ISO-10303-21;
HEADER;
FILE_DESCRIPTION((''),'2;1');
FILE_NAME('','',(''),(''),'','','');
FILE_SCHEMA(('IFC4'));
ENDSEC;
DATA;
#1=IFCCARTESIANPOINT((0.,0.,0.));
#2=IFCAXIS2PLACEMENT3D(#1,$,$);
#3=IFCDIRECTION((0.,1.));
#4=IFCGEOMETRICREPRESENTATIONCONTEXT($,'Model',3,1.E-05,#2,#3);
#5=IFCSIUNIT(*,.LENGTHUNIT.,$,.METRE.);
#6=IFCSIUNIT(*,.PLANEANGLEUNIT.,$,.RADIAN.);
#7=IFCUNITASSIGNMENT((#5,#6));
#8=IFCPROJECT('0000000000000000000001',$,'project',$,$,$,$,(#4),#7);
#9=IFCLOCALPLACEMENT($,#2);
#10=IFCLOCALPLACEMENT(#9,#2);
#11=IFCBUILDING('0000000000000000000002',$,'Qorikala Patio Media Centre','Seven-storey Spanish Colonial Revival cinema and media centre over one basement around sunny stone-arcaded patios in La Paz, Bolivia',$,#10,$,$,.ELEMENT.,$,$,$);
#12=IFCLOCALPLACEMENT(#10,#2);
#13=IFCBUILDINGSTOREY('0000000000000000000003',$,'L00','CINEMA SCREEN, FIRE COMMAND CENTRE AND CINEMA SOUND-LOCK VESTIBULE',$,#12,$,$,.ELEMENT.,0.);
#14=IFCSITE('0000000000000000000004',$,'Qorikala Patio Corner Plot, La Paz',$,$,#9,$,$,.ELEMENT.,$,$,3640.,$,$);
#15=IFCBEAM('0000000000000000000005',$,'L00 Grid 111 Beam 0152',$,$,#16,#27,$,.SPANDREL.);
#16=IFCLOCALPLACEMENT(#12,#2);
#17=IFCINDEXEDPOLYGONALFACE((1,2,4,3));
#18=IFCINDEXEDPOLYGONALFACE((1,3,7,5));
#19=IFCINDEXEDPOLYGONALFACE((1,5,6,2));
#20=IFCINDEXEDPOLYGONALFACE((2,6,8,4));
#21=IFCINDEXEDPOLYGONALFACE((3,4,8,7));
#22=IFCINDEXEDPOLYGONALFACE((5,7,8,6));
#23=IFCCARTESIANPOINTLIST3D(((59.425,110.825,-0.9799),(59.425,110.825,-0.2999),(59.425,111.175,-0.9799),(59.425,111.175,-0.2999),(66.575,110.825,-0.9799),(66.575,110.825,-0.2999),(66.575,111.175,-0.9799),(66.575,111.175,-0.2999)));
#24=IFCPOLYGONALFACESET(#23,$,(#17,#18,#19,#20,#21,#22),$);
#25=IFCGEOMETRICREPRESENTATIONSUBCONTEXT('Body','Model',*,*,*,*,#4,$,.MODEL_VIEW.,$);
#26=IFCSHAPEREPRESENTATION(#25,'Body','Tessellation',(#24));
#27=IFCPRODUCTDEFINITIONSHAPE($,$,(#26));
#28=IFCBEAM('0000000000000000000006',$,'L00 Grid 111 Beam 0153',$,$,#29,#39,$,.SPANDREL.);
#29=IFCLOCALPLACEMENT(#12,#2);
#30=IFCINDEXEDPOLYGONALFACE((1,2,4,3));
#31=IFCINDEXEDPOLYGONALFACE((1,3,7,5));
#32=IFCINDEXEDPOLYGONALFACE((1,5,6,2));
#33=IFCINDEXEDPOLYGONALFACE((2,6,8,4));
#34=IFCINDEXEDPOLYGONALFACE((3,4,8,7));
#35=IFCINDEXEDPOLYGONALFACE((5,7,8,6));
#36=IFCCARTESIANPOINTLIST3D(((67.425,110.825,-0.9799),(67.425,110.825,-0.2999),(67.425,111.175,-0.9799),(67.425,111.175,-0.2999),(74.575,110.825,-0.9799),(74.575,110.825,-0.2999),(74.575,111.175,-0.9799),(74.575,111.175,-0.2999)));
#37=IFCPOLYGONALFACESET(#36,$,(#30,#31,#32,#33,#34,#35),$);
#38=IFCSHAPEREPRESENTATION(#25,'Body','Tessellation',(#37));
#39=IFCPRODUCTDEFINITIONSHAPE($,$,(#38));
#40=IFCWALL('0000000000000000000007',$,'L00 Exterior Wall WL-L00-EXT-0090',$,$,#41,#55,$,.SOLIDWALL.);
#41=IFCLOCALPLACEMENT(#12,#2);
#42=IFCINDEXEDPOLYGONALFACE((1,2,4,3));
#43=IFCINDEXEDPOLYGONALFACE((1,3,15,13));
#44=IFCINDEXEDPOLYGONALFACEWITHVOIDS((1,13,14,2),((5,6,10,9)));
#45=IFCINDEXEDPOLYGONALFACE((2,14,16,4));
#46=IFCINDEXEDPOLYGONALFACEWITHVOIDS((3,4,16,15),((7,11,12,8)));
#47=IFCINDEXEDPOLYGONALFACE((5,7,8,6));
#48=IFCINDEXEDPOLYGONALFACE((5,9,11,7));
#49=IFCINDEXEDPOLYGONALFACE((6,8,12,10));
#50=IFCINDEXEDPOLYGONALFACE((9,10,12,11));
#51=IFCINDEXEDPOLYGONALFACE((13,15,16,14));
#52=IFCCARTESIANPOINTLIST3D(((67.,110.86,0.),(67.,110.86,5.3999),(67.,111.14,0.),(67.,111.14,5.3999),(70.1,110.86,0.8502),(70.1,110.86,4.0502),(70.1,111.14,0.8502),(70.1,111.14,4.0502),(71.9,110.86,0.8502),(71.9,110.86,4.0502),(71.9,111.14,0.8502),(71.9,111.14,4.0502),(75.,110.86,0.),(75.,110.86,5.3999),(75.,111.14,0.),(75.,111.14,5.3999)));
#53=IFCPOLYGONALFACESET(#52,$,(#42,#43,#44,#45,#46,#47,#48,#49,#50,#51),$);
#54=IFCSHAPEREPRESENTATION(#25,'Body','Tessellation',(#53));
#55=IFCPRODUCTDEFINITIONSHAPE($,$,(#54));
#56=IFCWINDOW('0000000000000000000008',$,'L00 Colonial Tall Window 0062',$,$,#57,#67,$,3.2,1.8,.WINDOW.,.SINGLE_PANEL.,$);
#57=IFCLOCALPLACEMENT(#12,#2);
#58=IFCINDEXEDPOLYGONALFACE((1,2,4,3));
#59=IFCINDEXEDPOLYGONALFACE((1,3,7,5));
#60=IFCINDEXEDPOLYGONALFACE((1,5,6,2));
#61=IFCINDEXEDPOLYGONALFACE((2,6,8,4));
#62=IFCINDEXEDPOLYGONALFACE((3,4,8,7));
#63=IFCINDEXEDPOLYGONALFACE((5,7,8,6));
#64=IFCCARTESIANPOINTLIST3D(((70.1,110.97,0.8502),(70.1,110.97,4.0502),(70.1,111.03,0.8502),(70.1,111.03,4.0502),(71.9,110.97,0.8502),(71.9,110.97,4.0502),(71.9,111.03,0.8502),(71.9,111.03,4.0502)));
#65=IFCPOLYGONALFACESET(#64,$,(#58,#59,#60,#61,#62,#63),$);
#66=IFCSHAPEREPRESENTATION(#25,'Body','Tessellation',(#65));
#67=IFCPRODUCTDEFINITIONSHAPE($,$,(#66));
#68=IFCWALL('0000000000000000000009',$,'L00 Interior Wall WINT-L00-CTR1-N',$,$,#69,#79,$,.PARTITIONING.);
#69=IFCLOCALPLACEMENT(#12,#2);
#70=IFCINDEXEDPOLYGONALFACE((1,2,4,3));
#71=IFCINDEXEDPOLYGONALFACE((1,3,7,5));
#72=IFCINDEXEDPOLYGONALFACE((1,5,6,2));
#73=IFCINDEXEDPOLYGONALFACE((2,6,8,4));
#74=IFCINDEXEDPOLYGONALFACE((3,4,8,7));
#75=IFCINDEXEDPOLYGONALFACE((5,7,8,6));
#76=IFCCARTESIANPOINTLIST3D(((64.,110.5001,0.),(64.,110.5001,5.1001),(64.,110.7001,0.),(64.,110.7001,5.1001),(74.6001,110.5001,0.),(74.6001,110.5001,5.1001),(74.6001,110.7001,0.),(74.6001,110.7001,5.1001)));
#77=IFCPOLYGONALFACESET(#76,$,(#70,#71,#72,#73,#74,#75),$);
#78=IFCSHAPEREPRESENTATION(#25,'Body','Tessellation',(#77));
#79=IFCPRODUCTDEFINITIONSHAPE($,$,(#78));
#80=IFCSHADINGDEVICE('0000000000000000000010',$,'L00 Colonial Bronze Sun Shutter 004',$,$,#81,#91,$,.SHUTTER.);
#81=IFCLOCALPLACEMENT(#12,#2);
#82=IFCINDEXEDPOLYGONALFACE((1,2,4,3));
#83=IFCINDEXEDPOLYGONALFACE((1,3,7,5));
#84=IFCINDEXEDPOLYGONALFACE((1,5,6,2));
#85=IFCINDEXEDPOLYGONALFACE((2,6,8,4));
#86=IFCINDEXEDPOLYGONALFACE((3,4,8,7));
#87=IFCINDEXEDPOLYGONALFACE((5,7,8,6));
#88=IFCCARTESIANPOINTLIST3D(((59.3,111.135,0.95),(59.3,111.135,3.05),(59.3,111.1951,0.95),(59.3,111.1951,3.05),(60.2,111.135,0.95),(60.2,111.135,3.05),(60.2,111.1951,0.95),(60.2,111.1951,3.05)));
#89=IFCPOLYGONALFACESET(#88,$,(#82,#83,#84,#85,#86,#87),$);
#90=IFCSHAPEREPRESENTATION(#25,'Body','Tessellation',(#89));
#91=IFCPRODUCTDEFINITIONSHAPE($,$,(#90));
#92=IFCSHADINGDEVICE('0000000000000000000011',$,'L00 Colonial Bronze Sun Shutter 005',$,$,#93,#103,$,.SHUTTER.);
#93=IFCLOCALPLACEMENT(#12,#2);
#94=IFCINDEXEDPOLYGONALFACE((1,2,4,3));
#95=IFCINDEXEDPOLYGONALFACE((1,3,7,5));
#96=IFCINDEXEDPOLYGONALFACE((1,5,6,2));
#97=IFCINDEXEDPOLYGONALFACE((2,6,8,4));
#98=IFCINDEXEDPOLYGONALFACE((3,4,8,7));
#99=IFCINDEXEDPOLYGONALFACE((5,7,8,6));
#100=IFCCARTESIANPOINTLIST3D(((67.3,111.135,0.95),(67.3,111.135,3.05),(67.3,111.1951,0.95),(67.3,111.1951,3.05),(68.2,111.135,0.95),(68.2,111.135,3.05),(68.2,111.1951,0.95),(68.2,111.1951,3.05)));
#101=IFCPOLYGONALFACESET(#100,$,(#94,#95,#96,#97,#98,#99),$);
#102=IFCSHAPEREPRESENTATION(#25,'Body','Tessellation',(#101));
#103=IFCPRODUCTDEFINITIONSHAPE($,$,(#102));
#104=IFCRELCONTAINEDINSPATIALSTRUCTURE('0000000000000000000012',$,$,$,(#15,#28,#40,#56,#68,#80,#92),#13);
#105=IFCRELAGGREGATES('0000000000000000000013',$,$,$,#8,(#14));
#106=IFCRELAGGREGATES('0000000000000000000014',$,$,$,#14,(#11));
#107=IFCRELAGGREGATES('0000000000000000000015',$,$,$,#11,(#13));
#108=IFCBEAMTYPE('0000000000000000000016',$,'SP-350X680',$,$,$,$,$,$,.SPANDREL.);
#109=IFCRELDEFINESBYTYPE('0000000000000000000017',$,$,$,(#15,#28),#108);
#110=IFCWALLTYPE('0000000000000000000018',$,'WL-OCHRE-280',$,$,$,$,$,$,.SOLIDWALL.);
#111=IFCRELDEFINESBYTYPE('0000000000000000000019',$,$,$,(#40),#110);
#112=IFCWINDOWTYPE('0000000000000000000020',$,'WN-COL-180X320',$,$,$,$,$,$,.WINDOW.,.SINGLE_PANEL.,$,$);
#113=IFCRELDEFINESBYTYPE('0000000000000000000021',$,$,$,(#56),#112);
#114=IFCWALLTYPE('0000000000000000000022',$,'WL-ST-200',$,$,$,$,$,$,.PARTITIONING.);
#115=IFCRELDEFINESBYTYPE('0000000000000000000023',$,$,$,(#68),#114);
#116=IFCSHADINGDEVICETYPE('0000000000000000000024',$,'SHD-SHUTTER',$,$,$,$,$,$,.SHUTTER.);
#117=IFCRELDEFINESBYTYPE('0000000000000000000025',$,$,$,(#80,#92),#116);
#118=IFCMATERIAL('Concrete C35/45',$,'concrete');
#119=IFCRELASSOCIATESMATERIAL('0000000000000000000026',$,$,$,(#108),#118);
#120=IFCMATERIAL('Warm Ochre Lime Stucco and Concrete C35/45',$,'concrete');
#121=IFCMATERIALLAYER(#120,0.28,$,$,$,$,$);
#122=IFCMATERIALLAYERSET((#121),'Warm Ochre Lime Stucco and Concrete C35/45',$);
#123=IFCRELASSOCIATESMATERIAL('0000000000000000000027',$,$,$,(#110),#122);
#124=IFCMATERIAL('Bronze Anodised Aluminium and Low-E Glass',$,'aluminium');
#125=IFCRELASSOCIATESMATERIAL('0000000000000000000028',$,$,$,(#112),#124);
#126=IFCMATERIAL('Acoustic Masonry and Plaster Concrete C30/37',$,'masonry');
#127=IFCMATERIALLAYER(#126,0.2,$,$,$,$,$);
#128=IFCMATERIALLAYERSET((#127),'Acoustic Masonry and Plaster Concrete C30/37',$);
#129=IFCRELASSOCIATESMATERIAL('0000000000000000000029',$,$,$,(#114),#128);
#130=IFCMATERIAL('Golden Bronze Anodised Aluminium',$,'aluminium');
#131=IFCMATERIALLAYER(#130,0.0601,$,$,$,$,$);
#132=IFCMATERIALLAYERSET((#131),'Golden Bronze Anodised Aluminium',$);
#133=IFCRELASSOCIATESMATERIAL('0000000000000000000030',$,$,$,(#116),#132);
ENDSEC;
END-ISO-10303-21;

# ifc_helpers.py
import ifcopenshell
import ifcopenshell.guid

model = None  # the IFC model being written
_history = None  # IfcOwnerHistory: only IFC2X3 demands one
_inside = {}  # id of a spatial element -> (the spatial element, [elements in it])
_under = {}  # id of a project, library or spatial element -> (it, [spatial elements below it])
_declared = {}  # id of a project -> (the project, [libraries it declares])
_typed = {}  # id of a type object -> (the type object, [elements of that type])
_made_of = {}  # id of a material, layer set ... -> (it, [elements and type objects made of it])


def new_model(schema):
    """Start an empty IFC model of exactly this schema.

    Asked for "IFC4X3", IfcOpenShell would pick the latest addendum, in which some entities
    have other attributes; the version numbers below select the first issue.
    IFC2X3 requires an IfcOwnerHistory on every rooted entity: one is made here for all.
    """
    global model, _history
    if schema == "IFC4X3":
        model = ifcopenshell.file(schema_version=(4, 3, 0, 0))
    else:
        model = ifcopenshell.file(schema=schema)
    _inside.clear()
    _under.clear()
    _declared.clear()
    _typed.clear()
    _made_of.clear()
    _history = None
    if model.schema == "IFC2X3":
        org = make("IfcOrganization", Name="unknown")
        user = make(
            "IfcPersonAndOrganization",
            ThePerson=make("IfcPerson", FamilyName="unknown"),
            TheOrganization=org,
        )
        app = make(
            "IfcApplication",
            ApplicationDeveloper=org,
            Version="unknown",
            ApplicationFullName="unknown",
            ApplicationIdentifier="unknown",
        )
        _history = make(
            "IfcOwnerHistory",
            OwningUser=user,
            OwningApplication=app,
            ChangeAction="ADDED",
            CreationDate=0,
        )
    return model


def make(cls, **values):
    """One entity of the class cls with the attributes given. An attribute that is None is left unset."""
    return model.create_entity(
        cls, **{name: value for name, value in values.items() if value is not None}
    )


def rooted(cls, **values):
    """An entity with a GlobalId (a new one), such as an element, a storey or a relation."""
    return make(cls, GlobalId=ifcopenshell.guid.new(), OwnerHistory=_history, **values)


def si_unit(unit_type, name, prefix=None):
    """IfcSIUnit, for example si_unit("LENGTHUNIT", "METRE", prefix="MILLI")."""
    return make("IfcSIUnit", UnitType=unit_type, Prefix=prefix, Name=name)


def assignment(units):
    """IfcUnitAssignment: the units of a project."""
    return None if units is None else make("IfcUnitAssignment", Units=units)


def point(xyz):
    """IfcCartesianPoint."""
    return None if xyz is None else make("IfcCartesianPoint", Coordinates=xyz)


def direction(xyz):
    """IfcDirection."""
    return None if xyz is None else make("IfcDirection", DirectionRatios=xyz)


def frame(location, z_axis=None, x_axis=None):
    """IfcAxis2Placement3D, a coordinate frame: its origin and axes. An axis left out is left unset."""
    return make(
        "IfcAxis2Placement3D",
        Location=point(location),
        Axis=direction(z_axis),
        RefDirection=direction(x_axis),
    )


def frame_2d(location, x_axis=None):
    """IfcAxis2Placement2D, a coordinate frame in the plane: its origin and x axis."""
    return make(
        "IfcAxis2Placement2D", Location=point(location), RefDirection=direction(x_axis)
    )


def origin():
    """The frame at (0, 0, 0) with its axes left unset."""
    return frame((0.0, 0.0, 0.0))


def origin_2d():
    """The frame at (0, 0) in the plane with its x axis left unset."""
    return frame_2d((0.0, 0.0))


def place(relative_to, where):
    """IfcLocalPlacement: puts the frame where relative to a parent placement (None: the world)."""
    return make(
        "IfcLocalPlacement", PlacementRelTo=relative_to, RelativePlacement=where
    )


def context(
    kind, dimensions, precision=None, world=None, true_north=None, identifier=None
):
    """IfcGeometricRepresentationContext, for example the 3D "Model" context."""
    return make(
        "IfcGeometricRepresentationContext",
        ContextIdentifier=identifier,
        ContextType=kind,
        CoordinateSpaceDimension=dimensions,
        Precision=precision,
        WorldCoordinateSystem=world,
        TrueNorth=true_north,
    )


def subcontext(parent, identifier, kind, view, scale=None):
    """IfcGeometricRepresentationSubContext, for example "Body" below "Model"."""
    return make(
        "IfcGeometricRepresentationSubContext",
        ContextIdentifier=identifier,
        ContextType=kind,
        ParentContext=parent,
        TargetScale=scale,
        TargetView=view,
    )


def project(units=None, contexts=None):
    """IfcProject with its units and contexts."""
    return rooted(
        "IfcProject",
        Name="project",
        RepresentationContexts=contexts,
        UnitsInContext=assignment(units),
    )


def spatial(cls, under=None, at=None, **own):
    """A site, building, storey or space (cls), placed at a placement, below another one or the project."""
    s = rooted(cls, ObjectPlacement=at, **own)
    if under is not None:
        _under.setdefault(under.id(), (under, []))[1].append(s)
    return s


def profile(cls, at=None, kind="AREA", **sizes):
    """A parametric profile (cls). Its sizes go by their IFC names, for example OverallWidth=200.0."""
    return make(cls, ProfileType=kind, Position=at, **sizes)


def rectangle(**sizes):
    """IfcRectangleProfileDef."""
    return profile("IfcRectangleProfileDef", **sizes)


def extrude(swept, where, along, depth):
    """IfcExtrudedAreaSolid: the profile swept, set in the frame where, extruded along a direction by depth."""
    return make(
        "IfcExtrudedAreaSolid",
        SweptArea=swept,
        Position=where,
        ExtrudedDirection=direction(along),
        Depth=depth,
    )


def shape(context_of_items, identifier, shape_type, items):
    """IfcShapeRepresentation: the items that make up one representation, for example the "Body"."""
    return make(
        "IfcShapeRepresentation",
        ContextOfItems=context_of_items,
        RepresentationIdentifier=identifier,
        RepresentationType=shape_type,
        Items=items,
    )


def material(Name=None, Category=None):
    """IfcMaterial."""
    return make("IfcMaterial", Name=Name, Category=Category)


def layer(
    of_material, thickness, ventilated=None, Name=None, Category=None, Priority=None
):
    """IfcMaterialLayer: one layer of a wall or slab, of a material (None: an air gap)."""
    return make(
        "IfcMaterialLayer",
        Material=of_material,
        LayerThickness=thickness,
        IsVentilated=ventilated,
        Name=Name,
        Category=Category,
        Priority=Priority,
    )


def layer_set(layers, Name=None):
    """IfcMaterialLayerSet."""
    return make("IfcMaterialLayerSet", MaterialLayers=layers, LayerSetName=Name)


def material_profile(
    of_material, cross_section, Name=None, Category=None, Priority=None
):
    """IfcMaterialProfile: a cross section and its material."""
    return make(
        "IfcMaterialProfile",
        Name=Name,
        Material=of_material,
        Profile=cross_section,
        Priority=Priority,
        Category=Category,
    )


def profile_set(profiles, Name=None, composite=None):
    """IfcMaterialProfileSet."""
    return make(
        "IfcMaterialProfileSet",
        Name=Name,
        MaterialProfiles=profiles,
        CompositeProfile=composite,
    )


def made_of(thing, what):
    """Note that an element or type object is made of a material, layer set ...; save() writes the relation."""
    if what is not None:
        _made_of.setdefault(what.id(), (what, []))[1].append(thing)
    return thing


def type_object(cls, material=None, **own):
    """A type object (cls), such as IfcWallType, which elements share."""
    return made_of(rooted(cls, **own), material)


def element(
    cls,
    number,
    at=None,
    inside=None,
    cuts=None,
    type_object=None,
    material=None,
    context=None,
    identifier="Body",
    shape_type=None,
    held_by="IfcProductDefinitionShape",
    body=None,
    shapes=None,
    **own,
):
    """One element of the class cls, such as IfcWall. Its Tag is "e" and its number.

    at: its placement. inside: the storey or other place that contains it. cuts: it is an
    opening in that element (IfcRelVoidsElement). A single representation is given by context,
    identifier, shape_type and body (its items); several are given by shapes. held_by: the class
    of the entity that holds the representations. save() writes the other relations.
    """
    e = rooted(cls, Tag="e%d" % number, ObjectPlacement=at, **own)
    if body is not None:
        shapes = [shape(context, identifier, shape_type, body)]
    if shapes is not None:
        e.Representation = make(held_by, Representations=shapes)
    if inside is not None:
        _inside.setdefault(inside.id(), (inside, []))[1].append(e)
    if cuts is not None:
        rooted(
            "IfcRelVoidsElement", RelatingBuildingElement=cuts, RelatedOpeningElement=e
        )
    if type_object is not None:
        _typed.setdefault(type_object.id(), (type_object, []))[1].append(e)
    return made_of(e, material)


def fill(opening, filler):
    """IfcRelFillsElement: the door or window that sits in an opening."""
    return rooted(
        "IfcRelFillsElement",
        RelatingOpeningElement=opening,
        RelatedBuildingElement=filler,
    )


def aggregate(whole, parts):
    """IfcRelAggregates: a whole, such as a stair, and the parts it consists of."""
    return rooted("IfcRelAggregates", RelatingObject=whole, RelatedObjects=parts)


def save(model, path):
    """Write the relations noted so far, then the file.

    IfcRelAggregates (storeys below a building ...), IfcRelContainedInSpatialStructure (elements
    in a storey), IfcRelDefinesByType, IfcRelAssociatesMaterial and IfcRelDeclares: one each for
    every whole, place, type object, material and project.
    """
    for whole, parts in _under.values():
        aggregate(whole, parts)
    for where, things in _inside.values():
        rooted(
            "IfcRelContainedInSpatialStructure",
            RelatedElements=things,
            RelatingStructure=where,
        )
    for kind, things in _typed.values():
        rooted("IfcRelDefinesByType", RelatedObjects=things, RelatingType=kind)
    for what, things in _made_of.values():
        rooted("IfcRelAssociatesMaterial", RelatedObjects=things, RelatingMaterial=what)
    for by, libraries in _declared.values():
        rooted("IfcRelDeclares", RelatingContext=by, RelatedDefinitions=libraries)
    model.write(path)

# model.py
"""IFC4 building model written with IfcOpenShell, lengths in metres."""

from ifc_helpers import new_model, si_unit, direction, frame, frame_2d, origin, origin_2d, place, context, subcontext, project, spatial, rectangle, extrude, material, layer, layer_set, material_profile, profile_set, type_object, element, fill, save


model = new_model("IFC4")

# Units and contexts
model_context = context("Model", 3, precision=1e-05, world=origin(), true_north=direction((0.0, 1.0)))
body_context = subcontext(model_context, "Body", "Model", "MODEL_VIEW")
ifc_project = project(units=[si_unit("LENGTHUNIT", "METRE"), si_unit("PLANEANGLEUNIT", "RADIAN")], contexts=[model_context])

# Site, building, storey
site_placement = place(None, origin())
site = spatial("IfcSite", under=ifc_project, at=site_placement, Name="Qorikala Patio Corner Plot, La Paz", CompositionType="ELEMENT", RefElevation=3640.0)
building_placement = place(site_placement, origin())
building = spatial("IfcBuilding", under=site, at=building_placement, Name="Qorikala Patio Media Centre", Description="Seven-storey Spanish Colonial Revival cinema and media centre over one basement around sunny stone-arcaded patios in La Paz, Bolivia", CompositionType="ELEMENT")
storey_placement = place(building_placement, origin())
storey = spatial("IfcBuildingStorey", under=building, at=storey_placement, Name="L00", Description="CINEMA SCREEN, FIRE COMMAND CENTRE AND CINEMA SOUND-LOCK VESTIBULE", CompositionType="ELEMENT", Elevation=0.0)

# Shared definitions
ifc_material_1 = material(Name="Concrete C35/45", Category="concrete")

# Beams
ifc_material_profile_1 = material_profile(ifc_material_1, rectangle(XDim=0.3501, YDim=0.6799, at=origin_2d()), Name="RC 350x680")
ifc_profile_set_1 = profile_set([ifc_material_profile_1], Name="Concrete C35/45")
beam_type_1 = type_object("IfcBeamType", Name="SP-350X680", PredefinedType="SPANDREL", material=ifc_profile_set_1)
for number, where, z_axis, x_axis, name in (
    (1, (59.425, 111.0, -0.6399), (1.0, 0.0, 0.0), (0.0, 1.0, 0.0), "L00 Grid 111 Beam 0152"),
    (2, (67.425, 111.0, -0.6399), (1.0, 0.0, 0.0), (0.0, 1.0, 0.0), "L00 Grid 111 Beam 0153"),
):
    element("IfcBeam", number, at=place(storey_placement, frame(where, z_axis=z_axis, x_axis=x_axis)), inside=storey, type_object=beam_type_1, Name=name, PredefinedType="SPANDREL", context=body_context, shape_type="SweptSolid", body=[
        extrude(rectangle(XDim=0.3501, YDim=0.6799, at=origin_2d()), origin(), (0.0, 0.0, 1.0), 7.1499),
    ])

# Wall, opening, window
ifc_material_2 = material(Name="Warm Ochre Lime Stucco and Concrete C35/45", Category="concrete")
ifc_layer_1 = layer(ifc_material_2, 0.28)
ifc_layer_set_1 = layer_set([ifc_layer_1], Name="Warm Ochre Lime Stucco and Concrete C35/45")
wall_type_1 = type_object("IfcWallType", Name="WL-OCHRE-280", PredefinedType="SOLIDWALL", material=ifc_layer_set_1)
wall_1_placement = place(storey_placement, frame((67.0, 111.0, 0.0), z_axis=(0.0, 0.0, 1.0), x_axis=(1.0, 0.0, 0.0)))
wall_1 = element("IfcWall", 3, at=wall_1_placement, inside=storey, type_object=wall_type_1, Name="L00 Exterior Wall WL-L00-EXT-0090", PredefinedType="SOLIDWALL", context=body_context, shape_type="SweptSolid", body=[
    extrude(rectangle(XDim=8.0, YDim=0.28, at=frame_2d((4.0, 0.0))), origin(), (0.0, 0.0, 1.0), 5.3999),
])
opening_placement = place(wall_1_placement, frame((3.1001, 0.0, 0.8501)))
opening = element("IfcOpeningElement", 4, at=opening_placement, cuts=wall_1, PredefinedType="OPENING", context=body_context, shape_type="SweptSolid", body=[
    extrude(rectangle(XDim=1.8, YDim=3.2, at=frame_2d((0.8999, 1.6001))), frame((0.0, 0.1499, 0.0), z_axis=(0.0, -1.0, 0.0), x_axis=(1.0, 0.0, 0.0)), (0.0, 0.0, 1.0), 0.3),
])
ifc_material_3 = material(Name="Bronze Anodised Aluminium and Low-E Glass", Category="aluminium")
window_type = type_object("IfcWindowType", Name="WN-COL-180X320", PartitioningType="SINGLE_PANEL", PredefinedType="WINDOW", material=ifc_material_3)
window_placement = place(opening_placement, origin())
window = element("IfcWindow", 5, at=window_placement, inside=storey, type_object=window_type, Name="L00 Colonial Tall Window 0062", OverallHeight=3.2, OverallWidth=1.8, PartitioningType="SINGLE_PANEL", PredefinedType="WINDOW", context=body_context, shape_type="SweptSolid", body=[
    extrude(rectangle(XDim=1.8, YDim=3.2, at=frame_2d((0.8999, 1.6001))), frame((0.0, 0.03, 0.0), z_axis=(0.0, -1.0, 0.0), x_axis=(1.0, 0.0, 0.0)), (0.0, 0.0, 1.0), 0.0601),
])
fill(opening, window)

# Wall
ifc_material_4 = material(Name="Acoustic Masonry and Plaster Concrete C30/37", Category="masonry")
ifc_layer_2 = layer(ifc_material_4, 0.2)
ifc_layer_set_2 = layer_set([ifc_layer_2], Name="Acoustic Masonry and Plaster Concrete C30/37")
wall_type_2 = type_object("IfcWallType", Name="WL-ST-200", PredefinedType="PARTITIONING", material=ifc_layer_set_2)
wall_2_placement = place(storey_placement, frame((64.0, 110.6001, 0.0), z_axis=(0.0, 0.0, 1.0), x_axis=(1.0, 0.0, 0.0)))
element("IfcWall", 6, at=wall_2_placement, inside=storey, type_object=wall_type_2, Name="L00 Interior Wall WINT-L00-CTR1-N", PredefinedType="PARTITIONING", context=body_context, shape_type="SweptSolid", body=[
    extrude(rectangle(XDim=10.6001, YDim=0.2, at=frame_2d((5.3, 0.0))), origin(), (0.0, 0.0, 1.0), 5.1001),
])

# Shading devices
ifc_material_5 = material(Name="Golden Bronze Anodised Aluminium", Category="aluminium")
ifc_layer_3 = layer(ifc_material_5, 0.0601)
ifc_layer_set_3 = layer_set([ifc_layer_3], Name="Golden Bronze Anodised Aluminium")
shading_device_type = type_object("IfcShadingDeviceType", Name="SHD-SHUTTER", PredefinedType="SHUTTER", material=ifc_layer_set_3)
for number, where, z_axis, x_axis, name in (
    (7, (59.75, 111.165, 0.95), (0.0, 0.0, 1.0), (1.0, 0.0, 0.0), "L00 Colonial Bronze Sun Shutter 004"),
    (8, (67.75, 111.165, 0.95), (0.0, 0.0, 1.0), (1.0, 0.0, 0.0), "L00 Colonial Bronze Sun Shutter 005"),
):
    element("IfcShadingDevice", number, at=place(storey_placement, frame(where, z_axis=z_axis, x_axis=x_axis)), inside=storey, type_object=shading_device_type, Name=name, PredefinedType="SHUTTER", context=body_context, shape_type="SweptSolid", body=[
        extrude(rectangle(XDim=0.8999, YDim=0.0601, at=origin_2d()), origin(), (0.0, 0.0, 1.0), 2.1001),
    ])

save(model, "model.ifc")
